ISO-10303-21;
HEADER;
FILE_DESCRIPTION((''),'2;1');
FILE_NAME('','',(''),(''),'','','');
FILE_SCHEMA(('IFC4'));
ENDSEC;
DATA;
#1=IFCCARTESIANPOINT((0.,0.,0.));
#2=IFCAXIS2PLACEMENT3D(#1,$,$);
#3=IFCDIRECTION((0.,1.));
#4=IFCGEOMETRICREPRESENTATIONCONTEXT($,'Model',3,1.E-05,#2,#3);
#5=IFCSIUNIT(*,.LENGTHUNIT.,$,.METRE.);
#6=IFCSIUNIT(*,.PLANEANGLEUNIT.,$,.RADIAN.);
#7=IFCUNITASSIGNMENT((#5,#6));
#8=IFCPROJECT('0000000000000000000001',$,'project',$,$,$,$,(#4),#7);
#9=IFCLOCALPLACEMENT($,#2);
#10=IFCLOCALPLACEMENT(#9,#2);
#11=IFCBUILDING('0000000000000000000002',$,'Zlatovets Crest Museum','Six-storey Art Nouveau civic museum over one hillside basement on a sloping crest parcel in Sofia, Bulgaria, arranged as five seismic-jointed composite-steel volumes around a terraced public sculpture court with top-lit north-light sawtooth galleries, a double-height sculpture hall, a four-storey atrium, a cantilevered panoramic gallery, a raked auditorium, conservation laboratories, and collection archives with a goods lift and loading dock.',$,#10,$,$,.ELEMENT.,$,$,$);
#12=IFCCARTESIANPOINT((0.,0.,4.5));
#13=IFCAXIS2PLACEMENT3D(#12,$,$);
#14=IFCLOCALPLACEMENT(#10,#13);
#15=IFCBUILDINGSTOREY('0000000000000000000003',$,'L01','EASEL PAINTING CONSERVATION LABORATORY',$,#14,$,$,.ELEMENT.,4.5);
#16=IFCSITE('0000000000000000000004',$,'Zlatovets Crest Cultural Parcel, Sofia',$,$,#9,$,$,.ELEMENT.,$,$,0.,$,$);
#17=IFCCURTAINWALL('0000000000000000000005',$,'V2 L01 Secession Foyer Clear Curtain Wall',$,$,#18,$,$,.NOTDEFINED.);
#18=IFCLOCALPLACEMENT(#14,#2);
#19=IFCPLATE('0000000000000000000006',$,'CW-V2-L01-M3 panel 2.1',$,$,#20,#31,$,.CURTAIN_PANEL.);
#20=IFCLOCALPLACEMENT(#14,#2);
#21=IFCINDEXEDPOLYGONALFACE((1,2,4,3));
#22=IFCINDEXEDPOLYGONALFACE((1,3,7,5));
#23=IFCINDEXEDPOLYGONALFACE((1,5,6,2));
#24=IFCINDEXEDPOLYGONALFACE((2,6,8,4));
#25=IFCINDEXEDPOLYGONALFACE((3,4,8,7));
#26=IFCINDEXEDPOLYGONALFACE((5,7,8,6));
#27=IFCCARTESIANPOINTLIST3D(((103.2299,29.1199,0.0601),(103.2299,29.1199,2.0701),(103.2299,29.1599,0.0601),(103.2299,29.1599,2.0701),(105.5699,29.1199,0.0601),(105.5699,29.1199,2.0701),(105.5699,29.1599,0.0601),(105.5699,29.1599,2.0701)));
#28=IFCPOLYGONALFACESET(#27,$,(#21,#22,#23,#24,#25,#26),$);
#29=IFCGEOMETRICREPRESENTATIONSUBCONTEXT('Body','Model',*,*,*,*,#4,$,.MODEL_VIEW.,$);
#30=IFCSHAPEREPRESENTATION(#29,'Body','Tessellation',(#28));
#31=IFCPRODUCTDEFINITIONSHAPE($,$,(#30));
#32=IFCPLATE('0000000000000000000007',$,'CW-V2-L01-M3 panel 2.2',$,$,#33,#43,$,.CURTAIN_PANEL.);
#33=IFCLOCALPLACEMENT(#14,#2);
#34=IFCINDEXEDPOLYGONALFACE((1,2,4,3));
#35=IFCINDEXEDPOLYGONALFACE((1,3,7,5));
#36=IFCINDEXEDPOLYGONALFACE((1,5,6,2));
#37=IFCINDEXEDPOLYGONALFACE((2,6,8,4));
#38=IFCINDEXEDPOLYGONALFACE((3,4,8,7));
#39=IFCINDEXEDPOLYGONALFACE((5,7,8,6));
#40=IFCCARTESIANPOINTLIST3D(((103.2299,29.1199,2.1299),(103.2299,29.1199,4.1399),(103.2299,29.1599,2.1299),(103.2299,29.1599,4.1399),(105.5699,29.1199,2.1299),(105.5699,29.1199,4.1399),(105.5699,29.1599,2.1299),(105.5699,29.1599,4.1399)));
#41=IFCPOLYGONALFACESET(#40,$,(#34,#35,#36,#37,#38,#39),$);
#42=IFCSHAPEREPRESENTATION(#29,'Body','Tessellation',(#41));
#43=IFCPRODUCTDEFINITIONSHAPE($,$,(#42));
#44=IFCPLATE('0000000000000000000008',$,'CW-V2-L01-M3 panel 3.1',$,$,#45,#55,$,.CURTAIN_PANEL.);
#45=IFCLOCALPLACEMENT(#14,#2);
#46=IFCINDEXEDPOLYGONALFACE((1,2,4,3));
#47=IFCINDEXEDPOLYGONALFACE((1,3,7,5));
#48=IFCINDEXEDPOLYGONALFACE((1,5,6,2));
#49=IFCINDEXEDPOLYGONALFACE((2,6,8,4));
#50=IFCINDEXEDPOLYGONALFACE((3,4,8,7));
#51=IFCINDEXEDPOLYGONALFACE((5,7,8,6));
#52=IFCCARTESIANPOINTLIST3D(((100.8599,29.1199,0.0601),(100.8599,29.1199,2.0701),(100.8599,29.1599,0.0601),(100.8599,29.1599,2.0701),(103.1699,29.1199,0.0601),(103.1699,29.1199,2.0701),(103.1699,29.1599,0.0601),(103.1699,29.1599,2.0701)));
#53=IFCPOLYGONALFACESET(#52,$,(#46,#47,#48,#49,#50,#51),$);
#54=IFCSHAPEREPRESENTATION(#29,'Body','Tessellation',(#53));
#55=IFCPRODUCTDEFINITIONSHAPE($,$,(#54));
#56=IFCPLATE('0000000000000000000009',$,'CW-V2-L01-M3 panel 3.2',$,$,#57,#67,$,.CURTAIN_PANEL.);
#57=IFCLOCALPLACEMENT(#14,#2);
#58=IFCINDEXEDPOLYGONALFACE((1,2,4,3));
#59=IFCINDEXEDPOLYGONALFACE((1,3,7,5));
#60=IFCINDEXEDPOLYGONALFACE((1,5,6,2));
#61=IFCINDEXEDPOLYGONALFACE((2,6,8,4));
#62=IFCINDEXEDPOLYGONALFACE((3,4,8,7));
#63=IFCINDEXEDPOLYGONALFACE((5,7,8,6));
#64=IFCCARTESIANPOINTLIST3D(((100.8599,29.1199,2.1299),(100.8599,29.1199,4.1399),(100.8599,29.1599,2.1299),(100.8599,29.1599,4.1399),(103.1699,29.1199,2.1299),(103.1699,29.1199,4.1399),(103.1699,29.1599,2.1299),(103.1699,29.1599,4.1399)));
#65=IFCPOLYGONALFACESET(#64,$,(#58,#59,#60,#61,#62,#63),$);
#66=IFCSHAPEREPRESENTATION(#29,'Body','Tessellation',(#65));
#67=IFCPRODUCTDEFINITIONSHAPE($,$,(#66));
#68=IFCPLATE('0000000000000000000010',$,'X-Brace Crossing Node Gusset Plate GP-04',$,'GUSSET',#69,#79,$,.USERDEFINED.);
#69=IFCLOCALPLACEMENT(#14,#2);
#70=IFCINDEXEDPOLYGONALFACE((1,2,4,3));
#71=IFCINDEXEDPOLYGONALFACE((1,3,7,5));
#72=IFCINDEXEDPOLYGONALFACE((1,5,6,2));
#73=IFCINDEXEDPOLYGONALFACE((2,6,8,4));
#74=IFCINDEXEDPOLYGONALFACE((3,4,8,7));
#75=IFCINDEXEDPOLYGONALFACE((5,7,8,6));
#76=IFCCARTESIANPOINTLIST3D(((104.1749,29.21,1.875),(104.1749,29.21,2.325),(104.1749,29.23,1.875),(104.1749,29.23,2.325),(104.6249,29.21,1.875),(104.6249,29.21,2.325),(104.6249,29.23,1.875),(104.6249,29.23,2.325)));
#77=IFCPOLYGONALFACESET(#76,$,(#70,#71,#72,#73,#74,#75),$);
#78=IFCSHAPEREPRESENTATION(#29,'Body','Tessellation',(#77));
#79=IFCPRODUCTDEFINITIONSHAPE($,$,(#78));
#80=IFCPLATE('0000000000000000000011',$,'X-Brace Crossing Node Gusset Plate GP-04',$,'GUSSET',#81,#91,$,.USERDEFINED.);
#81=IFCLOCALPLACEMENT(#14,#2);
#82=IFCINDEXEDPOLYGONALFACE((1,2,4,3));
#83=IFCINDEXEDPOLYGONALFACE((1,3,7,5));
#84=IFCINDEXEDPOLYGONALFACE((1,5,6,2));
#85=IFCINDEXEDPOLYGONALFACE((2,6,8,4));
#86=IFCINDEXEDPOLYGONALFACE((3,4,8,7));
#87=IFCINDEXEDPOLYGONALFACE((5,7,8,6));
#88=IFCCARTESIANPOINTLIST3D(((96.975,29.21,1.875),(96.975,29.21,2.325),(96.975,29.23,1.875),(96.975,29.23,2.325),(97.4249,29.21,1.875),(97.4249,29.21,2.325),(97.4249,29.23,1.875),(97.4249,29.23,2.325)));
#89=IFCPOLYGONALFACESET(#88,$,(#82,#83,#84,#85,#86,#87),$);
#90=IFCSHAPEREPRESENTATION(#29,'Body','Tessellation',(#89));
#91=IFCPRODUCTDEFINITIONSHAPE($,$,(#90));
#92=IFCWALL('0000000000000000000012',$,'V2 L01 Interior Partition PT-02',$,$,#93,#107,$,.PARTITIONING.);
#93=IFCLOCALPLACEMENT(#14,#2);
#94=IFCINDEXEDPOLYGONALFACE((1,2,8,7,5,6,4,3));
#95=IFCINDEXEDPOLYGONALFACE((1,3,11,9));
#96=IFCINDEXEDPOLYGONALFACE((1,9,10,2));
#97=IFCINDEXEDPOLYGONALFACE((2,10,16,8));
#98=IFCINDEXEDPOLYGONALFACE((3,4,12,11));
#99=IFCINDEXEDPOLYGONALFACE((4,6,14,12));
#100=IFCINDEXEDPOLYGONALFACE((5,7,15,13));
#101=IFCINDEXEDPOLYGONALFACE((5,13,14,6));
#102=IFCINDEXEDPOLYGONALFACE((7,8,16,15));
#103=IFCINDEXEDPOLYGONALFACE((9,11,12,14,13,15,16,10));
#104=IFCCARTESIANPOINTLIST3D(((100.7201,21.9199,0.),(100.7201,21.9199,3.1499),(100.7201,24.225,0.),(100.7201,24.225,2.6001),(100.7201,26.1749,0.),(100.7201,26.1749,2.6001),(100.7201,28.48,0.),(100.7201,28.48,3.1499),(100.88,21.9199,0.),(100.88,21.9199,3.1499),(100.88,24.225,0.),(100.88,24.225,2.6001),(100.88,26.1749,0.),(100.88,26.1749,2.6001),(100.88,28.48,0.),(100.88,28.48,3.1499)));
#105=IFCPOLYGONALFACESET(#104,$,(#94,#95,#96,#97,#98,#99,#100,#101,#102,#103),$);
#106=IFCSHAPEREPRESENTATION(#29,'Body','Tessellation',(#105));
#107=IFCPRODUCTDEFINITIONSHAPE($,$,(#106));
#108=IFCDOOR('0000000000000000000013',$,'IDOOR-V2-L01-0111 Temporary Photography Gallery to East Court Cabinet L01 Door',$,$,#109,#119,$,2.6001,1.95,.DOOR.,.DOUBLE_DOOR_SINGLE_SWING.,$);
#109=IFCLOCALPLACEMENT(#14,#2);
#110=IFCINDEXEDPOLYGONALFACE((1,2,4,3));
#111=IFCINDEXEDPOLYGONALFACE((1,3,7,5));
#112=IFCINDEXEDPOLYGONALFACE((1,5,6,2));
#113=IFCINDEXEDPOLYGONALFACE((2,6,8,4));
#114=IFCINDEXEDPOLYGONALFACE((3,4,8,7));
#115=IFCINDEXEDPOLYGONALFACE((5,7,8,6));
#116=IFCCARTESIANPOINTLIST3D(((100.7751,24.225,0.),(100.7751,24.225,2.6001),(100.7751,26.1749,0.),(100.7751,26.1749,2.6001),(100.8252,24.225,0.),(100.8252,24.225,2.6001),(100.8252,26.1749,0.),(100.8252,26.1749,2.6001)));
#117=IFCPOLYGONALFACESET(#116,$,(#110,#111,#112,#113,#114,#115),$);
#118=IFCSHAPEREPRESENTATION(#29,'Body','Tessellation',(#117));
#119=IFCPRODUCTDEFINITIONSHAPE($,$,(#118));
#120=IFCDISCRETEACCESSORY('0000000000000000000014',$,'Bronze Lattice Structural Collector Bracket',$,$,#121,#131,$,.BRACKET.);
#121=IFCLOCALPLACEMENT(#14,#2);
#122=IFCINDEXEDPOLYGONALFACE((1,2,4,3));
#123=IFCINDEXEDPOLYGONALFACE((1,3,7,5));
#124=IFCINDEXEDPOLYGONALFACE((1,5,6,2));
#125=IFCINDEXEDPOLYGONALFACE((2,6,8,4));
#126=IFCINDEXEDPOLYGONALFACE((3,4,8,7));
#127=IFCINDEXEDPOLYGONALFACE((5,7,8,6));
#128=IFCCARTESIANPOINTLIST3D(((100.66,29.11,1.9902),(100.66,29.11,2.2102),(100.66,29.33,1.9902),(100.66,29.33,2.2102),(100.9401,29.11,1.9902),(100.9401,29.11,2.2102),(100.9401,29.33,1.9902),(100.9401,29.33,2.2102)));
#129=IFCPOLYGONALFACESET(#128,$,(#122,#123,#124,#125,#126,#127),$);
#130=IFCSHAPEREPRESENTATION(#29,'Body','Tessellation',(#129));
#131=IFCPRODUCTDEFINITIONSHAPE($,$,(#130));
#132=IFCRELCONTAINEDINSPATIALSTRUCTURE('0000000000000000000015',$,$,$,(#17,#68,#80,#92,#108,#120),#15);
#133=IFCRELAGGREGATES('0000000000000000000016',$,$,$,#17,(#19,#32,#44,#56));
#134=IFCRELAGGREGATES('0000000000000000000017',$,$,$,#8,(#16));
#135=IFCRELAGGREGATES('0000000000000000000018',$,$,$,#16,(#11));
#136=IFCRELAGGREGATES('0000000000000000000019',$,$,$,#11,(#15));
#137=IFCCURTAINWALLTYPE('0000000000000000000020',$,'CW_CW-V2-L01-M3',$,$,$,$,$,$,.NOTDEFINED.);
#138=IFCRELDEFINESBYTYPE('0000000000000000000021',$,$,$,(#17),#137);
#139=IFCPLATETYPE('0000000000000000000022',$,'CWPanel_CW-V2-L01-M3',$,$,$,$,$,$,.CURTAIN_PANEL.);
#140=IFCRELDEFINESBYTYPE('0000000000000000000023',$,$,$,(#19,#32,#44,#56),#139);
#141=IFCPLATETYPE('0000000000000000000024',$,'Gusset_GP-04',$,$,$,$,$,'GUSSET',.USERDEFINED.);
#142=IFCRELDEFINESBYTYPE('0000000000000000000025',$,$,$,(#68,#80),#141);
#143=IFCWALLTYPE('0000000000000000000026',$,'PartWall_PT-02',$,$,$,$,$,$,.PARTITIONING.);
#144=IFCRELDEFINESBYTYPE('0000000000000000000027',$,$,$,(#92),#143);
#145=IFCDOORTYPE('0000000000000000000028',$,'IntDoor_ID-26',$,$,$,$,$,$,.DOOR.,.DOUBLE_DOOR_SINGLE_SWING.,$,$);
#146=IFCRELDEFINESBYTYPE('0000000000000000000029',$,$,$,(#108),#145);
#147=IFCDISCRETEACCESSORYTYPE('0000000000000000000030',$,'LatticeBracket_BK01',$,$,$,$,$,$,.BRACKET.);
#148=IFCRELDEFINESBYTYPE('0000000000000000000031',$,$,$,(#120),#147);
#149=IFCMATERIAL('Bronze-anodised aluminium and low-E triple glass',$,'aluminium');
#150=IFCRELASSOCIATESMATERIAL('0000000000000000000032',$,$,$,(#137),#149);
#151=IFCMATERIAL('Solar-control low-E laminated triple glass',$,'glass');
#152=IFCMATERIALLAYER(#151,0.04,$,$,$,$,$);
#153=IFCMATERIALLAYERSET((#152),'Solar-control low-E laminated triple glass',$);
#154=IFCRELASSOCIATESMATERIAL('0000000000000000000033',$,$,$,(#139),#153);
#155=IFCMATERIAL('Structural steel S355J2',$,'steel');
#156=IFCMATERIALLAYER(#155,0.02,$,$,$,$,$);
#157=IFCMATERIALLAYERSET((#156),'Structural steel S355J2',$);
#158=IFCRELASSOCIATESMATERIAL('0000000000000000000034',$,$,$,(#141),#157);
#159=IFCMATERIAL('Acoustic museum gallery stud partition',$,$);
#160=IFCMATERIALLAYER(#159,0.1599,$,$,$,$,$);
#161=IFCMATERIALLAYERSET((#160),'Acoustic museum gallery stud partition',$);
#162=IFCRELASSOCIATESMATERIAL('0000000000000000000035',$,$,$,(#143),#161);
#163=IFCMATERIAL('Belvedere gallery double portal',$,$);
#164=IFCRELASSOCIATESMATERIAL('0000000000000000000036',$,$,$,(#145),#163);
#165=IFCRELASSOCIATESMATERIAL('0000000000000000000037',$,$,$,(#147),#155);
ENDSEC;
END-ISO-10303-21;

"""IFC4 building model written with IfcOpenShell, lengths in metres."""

from ifc_helpers import new_model, si_unit, direction, frame, frame_2d, origin, origin_2d, place, context, subcontext, project, spatial, rectangle, extrude, material, layer, layer_set, type_object, element, fill, aggregate, save


model = new_model("IFC4")

# Units and contexts
model_context = context("Model", 3, precision=1e-05, world=origin(), true_north=direction((0.0, 1.0)))
body_context = subcontext(model_context, "Body", "Model", "MODEL_VIEW")
ifc_project = project(units=[si_unit("LENGTHUNIT", "METRE"), si_unit("PLANEANGLEUNIT", "RADIAN")], contexts=[model_context])

# Site, building, storey
site_placement = place(None, origin())
site = spatial("IfcSite", under=ifc_project, at=site_placement, Name="Zlatovets Crest Cultural Parcel, Sofia", CompositionType="ELEMENT", RefElevation=0.0)
building_placement = place(site_placement, origin())
building = spatial("IfcBuilding", under=site, at=building_placement, Name="Zlatovets Crest Museum", Description="Six-storey Art Nouveau civic museum over one hillside basement on a sloping crest parcel in Sofia, Bulgaria, arranged as five seismic-jointed composite-steel volumes around a terraced public sculpture court with top-lit north-light sawtooth galleries, a double-height sculpture hall, a four-storey atrium, a cantilevered panoramic gallery, a raked auditorium, conservation laboratories, and collection archives with a goods lift and loading dock.", CompositionType="ELEMENT")
storey_placement = place(building_placement, frame((0.0, 0.0, 4.5)))
storey = spatial("IfcBuildingStorey", under=building, at=storey_placement, Name="L01", Description="EASEL PAINTING CONSERVATION LABORATORY", CompositionType="ELEMENT", Elevation=4.5)

# Shared definitions
ifc_material_1 = material(Name="Structural steel S355J2", Category="steel")

# Curtain wall
ifc_material_2 = material(Name="Bronze-anodised aluminium and low-E triple glass", Category="aluminium")
curtain_wall_type_1 = type_object("IfcCurtainWallType", Name="CW_CW-V2-L01-M3", PredefinedType="NOTDEFINED", material=ifc_material_2)
curtain_wall_1_placement = place(storey_placement, origin())
curtain_wall_1 = element("IfcCurtainWall", 1, at=curtain_wall_1_placement, inside=storey, type_object=curtain_wall_type_1, Name="V2 L01 Secession Foyer Clear Curtain Wall", PredefinedType="NOTDEFINED")

# Plates
ifc_material_3 = material(Name="Solar-control low-E laminated triple glass", Category="glass")
ifc_layer_1 = layer(ifc_material_3, 0.04)
ifc_layer_set_1 = layer_set([ifc_layer_1], Name="Solar-control low-E laminated triple glass")
plate_type_1 = type_object("IfcPlateType", Name="CWPanel_CW-V2-L01-M3", PredefinedType="CURTAIN_PANEL", material=ifc_layer_set_1)
plate_1_placement = place(storey_placement, frame((104.3999, 29.1399, 0.0601), z_axis=(0.0, 0.0, 1.0), x_axis=(-1.0, 0.0, 0.0)))
plate_1 = element("IfcPlate", 2, at=plate_1_placement, type_object=plate_type_1, Name="CW-V2-L01-M3 panel 2.1", PredefinedType="CURTAIN_PANEL", context=body_context, shape_type="SweptSolid", body=[
    extrude(rectangle(XDim=2.3401, YDim=0.04, at=origin_2d()), origin(), (0.0, 0.0, 1.0), 2.01),
])
plate_2_placement = place(storey_placement, frame((104.3999, 29.1399, 2.1299), z_axis=(0.0, 0.0, 1.0), x_axis=(-1.0, 0.0, 0.0)))
plate_2 = element("IfcPlate", 3, at=plate_2_placement, type_object=plate_type_1, Name="CW-V2-L01-M3 panel 2.2", PredefinedType="CURTAIN_PANEL", context=body_context, shape_type="SweptSolid", body=[
    extrude(rectangle(XDim=2.3401, YDim=0.04, at=origin_2d()), origin(), (0.0, 0.0, 1.0), 2.01),
])
plate_3_placement = place(storey_placement, frame((102.0149, 29.1399, 0.0601), z_axis=(0.0, 0.0, 1.0), x_axis=(-1.0, 0.0, 0.0)))
plate_3 = element("IfcPlate", 4, at=plate_3_placement, type_object=plate_type_1, Name="CW-V2-L01-M3 panel 3.1", PredefinedType="CURTAIN_PANEL", context=body_context, shape_type="SweptSolid", body=[
    extrude(rectangle(XDim=2.3101, YDim=0.04, at=origin_2d()), origin(), (0.0, 0.0, 1.0), 2.01),
])
plate_4_placement = place(storey_placement, frame((102.0149, 29.1399, 2.1299), z_axis=(0.0, 0.0, 1.0), x_axis=(-1.0, 0.0, 0.0)))
plate_4 = element("IfcPlate", 5, at=plate_4_placement, type_object=plate_type_1, Name="CW-V2-L01-M3 panel 3.2", PredefinedType="CURTAIN_PANEL", context=body_context, shape_type="SweptSolid", body=[
    extrude(rectangle(XDim=2.3101, YDim=0.04, at=origin_2d()), origin(), (0.0, 0.0, 1.0), 2.01),
])
aggregate(curtain_wall_1, [plate_1, plate_2, plate_3, plate_4])

# Plates
ifc_layer_2 = layer(ifc_material_1, 0.02)
ifc_layer_set_2 = layer_set([ifc_layer_2], Name="Structural steel S355J2")
plate_type_2 = type_object("IfcPlateType", Name="Gusset_GP-04", ElementType="GUSSET", PredefinedType="USERDEFINED", material=ifc_layer_set_2)
for number, where, z_axis, x_axis, name in (
    (6, (104.3999, 29.22, 1.875), (0.0, 0.0, 1.0), (1.0, 0.0, 0.0), "X-Brace Crossing Node Gusset Plate GP-04"),
    (7, (97.2, 29.22, 1.875), (0.0, 0.0, 1.0), (1.0, 0.0, 0.0), "X-Brace Crossing Node Gusset Plate GP-04"),
):
    element("IfcPlate", number, at=place(storey_placement, frame(where, z_axis=z_axis, x_axis=x_axis)), inside=storey, type_object=plate_type_2, Name=name, ObjectType="GUSSET", PredefinedType="USERDEFINED", context=body_context, shape_type="SweptSolid", body=[
        extrude(rectangle(XDim=0.45, YDim=0.02, at=origin_2d()), origin(), (0.0, 0.0, 1.0), 0.45),
    ])

# Wall, opening, door
ifc_material_4 = material(Name="Acoustic museum gallery stud partition")
ifc_layer_3 = layer(ifc_material_4, 0.1599)
ifc_layer_set_3 = layer_set([ifc_layer_3], Name="Acoustic museum gallery stud partition")
wall_type = type_object("IfcWallType", Name="PartWall_PT-02", PredefinedType="PARTITIONING", material=ifc_layer_set_3)
wall_placement = place(storey_placement, frame((100.8, 21.9199, 0.0), z_axis=(0.0, 0.0, 1.0), x_axis=(0.0, 1.0, 0.0)))
wall = element("IfcWall", 8, at=wall_placement, inside=storey, type_object=wall_type, Name="V2 L01 Interior Partition PT-02", PredefinedType="PARTITIONING", context=body_context, shape_type="SweptSolid", body=[
    extrude(rectangle(XDim=6.5601, YDim=0.1599, at=frame_2d((3.28, 0.0))), origin(), (0.0, 0.0, 1.0), 3.1499),
])
opening_placement = place(wall_placement, frame((2.3049, 0.0, 0.0)))
opening = element("IfcOpeningElement", 9, at=opening_placement, cuts=wall, PredefinedType="OPENING", context=body_context, shape_type="SweptSolid", body=[
    extrude(rectangle(XDim=1.95, YDim=2.6001, at=frame_2d((0.9751, 1.3))), frame((0.0, 0.0898, 0.0), z_axis=(0.0, -1.0, 0.0), x_axis=(1.0, 0.0, 0.0)), (0.0, 0.0, 1.0), 0.1799),
])
ifc_material_5 = material(Name="Belvedere gallery double portal")
door_type = type_object("IfcDoorType", Name="IntDoor_ID-26", OperationType="DOUBLE_DOOR_SINGLE_SWING", PredefinedType="DOOR", material=ifc_material_5)
door_placement = place(opening_placement, origin())
door = element("IfcDoor", 10, at=door_placement, inside=storey, type_object=door_type, Name="IDOOR-V2-L01-0111 Temporary Photography Gallery to East Court Cabinet L01 Door", OperationType="DOUBLE_DOOR_SINGLE_SWING", OverallHeight=2.6001, OverallWidth=1.95, PredefinedType="DOOR", context=body_context, shape_type="SweptSolid", body=[
    extrude(rectangle(XDim=1.95, YDim=2.6001, at=frame_2d((0.9751, 1.3))), frame((0.0, 0.0249, 0.0), z_axis=(0.0, -1.0, 0.0), x_axis=(1.0, 0.0, 0.0)), (0.0, 0.0, 1.0), 0.05),
])
fill(opening, door)

# Discrete accessory
discrete_accessory_type = type_object("IfcDiscreteAccessoryType", Name="LatticeBracket_BK01", PredefinedType="BRACKET", material=ifc_material_1)
discrete_accessory_placement = place(storey_placement, frame((100.8, 29.22, 1.9902), z_axis=(0.0, 0.0, 1.0), x_axis=(1.0, 0.0, 0.0)))
element("IfcDiscreteAccessory", 11, at=discrete_accessory_placement, inside=storey, type_object=discrete_accessory_type, Name="Bronze Lattice Structural Collector Bracket", PredefinedType="BRACKET", context=body_context, shape_type="SweptSolid", body=[
    extrude(rectangle(XDim=0.28, YDim=0.22, at=origin_2d()), origin(), (0.0, 0.0, 1.0), 0.22),
])

save(model, "model.ifc")
